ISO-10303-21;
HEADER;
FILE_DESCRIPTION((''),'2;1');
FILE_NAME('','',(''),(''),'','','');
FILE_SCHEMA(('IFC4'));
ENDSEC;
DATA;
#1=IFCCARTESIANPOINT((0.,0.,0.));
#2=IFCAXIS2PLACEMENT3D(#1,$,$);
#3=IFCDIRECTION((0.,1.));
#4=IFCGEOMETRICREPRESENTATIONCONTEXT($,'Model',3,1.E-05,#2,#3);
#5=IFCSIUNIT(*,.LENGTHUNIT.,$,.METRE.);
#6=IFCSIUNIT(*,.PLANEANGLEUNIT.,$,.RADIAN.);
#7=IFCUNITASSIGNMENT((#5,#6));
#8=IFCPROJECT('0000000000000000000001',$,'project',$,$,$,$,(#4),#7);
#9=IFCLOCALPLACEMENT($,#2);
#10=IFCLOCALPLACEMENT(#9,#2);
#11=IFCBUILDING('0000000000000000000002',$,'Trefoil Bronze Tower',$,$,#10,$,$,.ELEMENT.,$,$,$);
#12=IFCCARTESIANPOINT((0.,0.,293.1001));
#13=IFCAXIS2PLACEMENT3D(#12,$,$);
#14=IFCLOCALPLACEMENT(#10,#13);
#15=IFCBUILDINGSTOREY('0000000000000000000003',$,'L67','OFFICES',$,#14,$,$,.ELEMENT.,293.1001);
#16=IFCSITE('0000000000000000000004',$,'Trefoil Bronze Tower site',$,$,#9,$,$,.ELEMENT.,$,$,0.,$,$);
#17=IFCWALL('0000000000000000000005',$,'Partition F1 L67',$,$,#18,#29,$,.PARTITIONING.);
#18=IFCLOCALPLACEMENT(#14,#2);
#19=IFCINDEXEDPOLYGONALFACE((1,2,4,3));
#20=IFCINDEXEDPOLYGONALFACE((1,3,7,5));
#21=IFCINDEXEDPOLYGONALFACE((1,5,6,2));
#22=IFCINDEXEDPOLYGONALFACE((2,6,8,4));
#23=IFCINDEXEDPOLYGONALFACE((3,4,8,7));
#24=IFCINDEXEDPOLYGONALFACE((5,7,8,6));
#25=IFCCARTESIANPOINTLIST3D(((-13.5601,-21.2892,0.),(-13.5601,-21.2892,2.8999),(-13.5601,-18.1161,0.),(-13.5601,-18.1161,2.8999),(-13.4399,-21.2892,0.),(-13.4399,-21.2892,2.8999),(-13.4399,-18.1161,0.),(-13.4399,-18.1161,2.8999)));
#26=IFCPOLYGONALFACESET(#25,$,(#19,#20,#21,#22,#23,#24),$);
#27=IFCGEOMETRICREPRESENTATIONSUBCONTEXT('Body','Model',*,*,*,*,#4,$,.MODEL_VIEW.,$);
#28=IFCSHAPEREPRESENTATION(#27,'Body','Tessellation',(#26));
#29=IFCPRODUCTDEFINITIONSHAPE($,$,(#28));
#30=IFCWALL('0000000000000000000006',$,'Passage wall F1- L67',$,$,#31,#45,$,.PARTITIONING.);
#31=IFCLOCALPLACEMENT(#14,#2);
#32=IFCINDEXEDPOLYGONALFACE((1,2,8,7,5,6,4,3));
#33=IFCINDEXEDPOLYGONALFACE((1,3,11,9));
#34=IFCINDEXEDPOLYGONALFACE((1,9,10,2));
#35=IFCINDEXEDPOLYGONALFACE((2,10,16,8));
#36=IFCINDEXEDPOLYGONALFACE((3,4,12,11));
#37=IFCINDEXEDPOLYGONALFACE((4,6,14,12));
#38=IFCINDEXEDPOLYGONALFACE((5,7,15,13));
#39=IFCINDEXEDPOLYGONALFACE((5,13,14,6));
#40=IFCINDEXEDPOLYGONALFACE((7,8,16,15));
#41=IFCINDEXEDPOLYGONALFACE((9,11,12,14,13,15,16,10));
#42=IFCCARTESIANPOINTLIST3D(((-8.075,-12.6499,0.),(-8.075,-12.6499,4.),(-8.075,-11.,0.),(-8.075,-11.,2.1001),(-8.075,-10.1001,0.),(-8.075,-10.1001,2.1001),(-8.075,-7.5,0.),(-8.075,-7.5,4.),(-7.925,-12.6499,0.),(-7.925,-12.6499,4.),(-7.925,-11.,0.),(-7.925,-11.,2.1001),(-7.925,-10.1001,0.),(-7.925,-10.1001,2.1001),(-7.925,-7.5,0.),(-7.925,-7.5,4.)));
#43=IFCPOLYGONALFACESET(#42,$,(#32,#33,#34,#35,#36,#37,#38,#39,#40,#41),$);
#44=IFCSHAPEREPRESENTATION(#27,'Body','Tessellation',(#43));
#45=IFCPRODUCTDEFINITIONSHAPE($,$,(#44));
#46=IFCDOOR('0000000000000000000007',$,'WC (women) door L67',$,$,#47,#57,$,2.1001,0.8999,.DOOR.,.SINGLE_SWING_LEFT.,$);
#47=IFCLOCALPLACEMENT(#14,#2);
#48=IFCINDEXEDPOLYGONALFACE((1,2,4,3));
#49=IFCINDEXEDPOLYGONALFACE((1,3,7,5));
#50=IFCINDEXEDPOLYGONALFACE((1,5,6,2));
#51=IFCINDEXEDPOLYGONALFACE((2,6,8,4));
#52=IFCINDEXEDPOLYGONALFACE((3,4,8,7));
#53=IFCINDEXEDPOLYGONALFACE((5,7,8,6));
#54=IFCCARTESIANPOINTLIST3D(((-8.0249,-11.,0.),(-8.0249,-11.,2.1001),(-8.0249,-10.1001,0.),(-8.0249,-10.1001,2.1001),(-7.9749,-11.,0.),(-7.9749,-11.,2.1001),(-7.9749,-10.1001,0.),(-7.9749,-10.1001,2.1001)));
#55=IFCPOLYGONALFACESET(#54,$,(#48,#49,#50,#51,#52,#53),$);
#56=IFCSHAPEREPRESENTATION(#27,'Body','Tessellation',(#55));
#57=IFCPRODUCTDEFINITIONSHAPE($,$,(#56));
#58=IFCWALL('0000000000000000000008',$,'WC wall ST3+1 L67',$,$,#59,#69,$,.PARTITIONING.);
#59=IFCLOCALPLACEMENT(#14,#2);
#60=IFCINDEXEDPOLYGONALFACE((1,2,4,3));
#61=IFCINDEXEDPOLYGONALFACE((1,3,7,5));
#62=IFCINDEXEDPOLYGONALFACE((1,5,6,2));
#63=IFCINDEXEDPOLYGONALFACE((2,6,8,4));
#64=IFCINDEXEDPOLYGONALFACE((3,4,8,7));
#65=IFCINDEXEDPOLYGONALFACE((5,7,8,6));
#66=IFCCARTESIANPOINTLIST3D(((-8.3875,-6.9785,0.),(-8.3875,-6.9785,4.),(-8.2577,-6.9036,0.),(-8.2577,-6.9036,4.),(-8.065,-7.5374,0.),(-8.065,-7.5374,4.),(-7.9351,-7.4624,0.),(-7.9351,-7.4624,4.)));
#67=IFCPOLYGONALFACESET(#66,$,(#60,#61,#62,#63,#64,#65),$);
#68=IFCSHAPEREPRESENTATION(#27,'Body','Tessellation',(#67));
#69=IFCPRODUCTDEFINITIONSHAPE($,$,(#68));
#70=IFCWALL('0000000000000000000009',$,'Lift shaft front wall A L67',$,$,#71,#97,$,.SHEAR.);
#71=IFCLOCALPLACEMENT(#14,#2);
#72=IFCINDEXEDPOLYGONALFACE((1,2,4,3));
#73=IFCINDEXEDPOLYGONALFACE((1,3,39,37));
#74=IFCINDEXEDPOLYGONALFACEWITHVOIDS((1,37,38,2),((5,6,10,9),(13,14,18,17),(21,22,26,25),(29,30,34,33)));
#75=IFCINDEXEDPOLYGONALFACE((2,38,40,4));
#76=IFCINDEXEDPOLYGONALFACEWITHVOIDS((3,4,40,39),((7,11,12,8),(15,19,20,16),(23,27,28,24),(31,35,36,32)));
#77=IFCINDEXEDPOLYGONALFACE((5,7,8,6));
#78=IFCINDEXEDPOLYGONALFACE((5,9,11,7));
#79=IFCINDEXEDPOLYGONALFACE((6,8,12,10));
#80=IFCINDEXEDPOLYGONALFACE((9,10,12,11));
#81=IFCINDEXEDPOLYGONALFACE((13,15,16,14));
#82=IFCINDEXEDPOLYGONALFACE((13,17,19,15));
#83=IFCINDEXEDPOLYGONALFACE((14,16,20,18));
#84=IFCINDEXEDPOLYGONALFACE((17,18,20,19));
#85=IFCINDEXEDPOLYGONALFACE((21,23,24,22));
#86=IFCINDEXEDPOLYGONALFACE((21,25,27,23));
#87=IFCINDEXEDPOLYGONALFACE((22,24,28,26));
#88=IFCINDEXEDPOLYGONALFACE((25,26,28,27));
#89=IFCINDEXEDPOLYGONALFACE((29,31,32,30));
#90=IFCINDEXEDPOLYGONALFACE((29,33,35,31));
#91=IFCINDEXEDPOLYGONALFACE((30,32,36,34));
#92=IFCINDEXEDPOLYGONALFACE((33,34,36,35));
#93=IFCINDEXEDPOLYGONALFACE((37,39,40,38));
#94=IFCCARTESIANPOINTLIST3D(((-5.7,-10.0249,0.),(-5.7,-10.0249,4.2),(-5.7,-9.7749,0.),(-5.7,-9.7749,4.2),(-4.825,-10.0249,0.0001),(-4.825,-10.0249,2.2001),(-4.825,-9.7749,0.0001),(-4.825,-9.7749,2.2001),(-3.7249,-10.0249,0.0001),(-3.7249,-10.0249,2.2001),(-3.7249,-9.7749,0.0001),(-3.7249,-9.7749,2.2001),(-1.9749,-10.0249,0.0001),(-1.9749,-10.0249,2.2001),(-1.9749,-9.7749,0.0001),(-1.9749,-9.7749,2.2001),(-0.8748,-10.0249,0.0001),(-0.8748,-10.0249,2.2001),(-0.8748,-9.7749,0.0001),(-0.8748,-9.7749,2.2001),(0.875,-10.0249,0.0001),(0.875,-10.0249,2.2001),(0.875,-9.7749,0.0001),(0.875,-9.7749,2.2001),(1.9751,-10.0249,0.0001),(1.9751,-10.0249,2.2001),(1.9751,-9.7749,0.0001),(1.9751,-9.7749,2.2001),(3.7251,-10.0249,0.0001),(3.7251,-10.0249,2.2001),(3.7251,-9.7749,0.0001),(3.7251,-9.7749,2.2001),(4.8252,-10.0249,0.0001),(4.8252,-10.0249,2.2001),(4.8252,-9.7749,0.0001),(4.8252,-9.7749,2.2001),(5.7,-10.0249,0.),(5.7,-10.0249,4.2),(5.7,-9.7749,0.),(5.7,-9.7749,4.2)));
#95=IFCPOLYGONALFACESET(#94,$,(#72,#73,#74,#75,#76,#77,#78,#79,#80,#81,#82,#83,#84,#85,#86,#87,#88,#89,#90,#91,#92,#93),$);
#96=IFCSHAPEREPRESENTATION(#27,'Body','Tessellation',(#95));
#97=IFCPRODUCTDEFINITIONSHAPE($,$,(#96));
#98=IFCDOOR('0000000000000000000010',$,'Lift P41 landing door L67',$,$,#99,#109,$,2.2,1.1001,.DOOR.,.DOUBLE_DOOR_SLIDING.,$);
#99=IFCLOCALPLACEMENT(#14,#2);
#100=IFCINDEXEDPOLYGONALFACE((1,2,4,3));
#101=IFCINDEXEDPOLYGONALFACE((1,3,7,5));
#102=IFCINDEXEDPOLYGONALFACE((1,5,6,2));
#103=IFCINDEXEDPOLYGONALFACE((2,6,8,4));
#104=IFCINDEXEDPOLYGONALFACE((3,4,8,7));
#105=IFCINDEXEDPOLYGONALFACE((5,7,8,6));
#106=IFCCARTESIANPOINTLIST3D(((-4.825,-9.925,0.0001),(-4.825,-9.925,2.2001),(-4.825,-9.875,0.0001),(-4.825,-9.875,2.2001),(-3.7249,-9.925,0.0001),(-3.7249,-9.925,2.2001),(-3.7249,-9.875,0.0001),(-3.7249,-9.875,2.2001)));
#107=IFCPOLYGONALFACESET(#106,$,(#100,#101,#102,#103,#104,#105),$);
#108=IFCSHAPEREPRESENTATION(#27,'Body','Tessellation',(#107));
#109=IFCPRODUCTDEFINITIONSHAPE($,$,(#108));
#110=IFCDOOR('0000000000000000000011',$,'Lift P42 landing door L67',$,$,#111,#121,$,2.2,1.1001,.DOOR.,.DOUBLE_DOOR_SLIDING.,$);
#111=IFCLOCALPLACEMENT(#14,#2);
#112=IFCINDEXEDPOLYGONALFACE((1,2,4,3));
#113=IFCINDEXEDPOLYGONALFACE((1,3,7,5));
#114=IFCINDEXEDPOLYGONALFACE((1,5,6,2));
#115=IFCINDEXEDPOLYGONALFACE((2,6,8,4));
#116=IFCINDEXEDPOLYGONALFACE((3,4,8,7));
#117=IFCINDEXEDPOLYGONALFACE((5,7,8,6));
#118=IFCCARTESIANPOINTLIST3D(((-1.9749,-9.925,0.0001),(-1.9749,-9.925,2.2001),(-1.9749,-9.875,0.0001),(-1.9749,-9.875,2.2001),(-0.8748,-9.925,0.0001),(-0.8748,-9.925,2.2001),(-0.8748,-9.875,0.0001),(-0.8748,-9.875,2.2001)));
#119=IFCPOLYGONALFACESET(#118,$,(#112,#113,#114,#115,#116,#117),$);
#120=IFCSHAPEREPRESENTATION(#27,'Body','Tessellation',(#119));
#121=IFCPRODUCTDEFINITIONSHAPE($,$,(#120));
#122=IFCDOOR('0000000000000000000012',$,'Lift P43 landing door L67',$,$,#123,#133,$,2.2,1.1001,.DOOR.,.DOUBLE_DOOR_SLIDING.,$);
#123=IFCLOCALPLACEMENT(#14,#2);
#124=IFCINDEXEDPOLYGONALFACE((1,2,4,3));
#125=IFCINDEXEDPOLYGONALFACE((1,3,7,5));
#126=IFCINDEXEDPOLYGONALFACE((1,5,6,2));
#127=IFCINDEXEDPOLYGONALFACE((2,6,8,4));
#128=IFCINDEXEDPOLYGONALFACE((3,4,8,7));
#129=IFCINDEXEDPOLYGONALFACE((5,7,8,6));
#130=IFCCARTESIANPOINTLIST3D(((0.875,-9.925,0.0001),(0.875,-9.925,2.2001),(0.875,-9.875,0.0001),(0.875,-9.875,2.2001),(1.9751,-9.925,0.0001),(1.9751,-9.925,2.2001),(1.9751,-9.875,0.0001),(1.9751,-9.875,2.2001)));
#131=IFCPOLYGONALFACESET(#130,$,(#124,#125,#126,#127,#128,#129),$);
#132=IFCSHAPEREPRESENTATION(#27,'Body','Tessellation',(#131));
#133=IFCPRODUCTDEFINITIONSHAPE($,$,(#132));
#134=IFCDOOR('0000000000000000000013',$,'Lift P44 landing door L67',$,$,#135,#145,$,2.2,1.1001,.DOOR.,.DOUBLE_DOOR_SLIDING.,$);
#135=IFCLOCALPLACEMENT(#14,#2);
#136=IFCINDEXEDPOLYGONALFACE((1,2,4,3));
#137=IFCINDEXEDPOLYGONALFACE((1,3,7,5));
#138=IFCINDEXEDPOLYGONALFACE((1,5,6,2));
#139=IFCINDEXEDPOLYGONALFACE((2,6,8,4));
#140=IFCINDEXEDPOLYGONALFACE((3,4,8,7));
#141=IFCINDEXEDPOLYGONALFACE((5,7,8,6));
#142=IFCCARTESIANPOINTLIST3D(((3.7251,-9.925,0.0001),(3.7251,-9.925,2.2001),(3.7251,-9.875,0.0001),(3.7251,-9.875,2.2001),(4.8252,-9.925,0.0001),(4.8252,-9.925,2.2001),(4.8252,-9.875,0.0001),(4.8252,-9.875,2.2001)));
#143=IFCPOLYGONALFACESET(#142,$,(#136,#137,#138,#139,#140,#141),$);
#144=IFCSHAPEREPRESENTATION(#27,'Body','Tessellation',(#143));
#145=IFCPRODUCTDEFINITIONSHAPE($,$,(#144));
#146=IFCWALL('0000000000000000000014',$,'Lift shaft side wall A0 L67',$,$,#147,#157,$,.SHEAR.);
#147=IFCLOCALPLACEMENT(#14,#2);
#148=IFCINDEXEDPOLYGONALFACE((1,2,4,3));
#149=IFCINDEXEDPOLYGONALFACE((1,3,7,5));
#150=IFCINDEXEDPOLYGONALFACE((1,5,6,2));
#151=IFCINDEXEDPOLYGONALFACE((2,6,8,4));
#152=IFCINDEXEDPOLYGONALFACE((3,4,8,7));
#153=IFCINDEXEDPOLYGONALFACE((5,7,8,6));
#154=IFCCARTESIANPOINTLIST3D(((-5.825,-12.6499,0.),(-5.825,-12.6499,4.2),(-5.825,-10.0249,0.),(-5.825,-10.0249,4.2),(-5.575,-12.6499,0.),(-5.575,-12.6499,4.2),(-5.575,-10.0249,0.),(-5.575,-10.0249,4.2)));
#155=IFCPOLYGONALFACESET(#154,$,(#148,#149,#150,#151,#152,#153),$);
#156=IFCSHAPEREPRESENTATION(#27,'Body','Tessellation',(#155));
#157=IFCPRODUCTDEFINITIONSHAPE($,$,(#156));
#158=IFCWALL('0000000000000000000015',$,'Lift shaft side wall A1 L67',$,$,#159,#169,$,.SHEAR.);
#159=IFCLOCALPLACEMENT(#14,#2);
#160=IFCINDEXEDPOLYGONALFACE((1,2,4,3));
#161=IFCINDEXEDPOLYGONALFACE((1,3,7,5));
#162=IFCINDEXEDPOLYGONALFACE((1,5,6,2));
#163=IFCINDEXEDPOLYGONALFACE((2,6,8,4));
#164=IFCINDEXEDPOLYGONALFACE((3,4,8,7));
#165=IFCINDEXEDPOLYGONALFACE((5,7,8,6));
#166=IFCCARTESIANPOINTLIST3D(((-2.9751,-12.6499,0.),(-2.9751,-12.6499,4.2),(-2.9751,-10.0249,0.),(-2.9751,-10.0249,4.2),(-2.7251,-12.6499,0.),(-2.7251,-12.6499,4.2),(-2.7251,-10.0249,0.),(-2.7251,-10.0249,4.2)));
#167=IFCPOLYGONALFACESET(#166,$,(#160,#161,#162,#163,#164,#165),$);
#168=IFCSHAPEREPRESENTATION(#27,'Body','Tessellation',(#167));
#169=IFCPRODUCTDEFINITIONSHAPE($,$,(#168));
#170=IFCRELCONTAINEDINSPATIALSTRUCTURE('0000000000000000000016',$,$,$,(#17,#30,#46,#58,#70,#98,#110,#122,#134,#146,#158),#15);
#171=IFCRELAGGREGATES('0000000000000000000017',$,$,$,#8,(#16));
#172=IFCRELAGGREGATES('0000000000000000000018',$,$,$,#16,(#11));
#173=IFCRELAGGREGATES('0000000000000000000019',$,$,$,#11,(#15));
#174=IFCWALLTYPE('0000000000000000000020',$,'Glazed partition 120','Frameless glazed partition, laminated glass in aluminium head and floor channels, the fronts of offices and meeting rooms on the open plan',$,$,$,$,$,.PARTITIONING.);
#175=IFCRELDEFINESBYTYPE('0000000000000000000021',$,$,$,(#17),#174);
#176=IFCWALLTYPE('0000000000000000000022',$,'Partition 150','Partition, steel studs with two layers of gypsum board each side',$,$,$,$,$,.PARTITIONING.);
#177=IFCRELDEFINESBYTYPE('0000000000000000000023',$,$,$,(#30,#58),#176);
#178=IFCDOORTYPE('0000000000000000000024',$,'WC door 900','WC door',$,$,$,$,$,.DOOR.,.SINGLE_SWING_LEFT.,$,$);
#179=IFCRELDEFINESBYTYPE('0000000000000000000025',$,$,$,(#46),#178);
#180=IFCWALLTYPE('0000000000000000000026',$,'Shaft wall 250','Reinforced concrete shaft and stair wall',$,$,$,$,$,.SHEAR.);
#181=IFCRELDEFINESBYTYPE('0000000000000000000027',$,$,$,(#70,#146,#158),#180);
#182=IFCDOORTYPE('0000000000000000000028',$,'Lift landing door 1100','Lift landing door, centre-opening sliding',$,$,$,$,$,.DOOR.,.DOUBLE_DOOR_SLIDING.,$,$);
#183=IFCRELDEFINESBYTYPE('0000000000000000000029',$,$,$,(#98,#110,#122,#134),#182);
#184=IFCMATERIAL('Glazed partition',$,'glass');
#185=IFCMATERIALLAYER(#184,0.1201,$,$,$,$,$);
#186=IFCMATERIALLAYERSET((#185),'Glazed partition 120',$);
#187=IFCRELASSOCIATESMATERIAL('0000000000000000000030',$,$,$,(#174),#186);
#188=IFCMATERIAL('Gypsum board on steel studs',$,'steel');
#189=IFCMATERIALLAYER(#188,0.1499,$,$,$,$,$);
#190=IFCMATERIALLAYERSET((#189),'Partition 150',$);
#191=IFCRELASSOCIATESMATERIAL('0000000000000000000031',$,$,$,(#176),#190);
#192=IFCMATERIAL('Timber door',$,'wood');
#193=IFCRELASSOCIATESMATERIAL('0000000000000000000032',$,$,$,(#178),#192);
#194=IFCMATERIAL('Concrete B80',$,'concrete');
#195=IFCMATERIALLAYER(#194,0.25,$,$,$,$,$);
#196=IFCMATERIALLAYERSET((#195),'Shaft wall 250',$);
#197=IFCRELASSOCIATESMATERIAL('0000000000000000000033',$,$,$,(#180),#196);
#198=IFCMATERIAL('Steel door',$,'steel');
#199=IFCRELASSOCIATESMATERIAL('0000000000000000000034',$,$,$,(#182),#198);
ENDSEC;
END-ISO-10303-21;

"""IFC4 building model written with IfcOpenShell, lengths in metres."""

from ifc_helpers import new_model, si_unit, direction, frame, frame_2d, origin, place, context, subcontext, project, spatial, rectangle, extrude, material, layer, layer_set, type_object, element, fill, save


model = new_model("IFC4")

# Units and contexts
model_context = context("Model", 3, precision=1e-05, world=origin(), true_north=direction((0.0, 1.0)))
body_context = subcontext(model_context, "Body", "Model", "MODEL_VIEW")
ifc_project = project(units=[si_unit("LENGTHUNIT", "METRE"), si_unit("PLANEANGLEUNIT", "RADIAN")], contexts=[model_context])

# Site, building, storey
site_placement = place(None, origin())
site = spatial("IfcSite", under=ifc_project, at=site_placement, Name="Trefoil Bronze Tower site", CompositionType="ELEMENT", RefElevation=0.0)
building_placement = place(site_placement, origin())
building = spatial("IfcBuilding", under=site, at=building_placement, Name="Trefoil Bronze Tower", CompositionType="ELEMENT")
storey_placement = place(building_placement, frame((0.0, 0.0, 293.1001)))
storey = spatial("IfcBuildingStorey", under=building, at=storey_placement, Name="L67", Description="OFFICES", CompositionType="ELEMENT", Elevation=293.1001)

# Wall
ifc_material_1 = material(Name="Glazed partition", Category="glass")
ifc_layer_1 = layer(ifc_material_1, 0.1201)
ifc_layer_set_1 = layer_set([ifc_layer_1], Name="Glazed partition 120")
wall_type_1 = type_object("IfcWallType", Name="Glazed partition 120", Description="Frameless glazed partition, laminated glass in aluminium head and floor channels, the fronts of offices and meeting rooms on the open plan", PredefinedType="PARTITIONING", material=ifc_layer_set_1)
wall_1_placement = place(storey_placement, frame((-13.5, -18.1162, 0.0), z_axis=(0.0, 0.0, 1.0), x_axis=(0.0, -1.0, 0.0)))
element("IfcWall", 1, at=wall_1_placement, inside=storey, type_object=wall_type_1, Name="Partition F1 L67", PredefinedType="PARTITIONING", context=body_context, shape_type="SweptSolid", body=[
    extrude(rectangle(XDim=3.1731, YDim=0.1201, at=frame_2d((1.5864, 0.0))), origin(), (0.0, 0.0, 1.0), 2.8999),
])

# Wall, opening, door
ifc_material_2 = material(Name="Gypsum board on steel studs", Category="steel")
ifc_layer_2 = layer(ifc_material_2, 0.1499)
ifc_layer_set_2 = layer_set([ifc_layer_2], Name="Partition 150")
wall_type_2 = type_object("IfcWallType", Name="Partition 150", Description="Partition, steel studs with two layers of gypsum board each side", PredefinedType="PARTITIONING", material=ifc_layer_set_2)
wall_2_placement = place(storey_placement, frame((-8.0, -7.5, 0.0), z_axis=(0.0, 0.0, 1.0), x_axis=(0.0, -1.0, 0.0)))
wall_2 = element("IfcWall", 2, at=wall_2_placement, inside=storey, type_object=wall_type_2, Name="Passage wall F1- L67", PredefinedType="PARTITIONING", context=body_context, shape_type="SweptSolid", body=[
    extrude(rectangle(XDim=5.1499, YDim=0.1499, at=frame_2d((2.575, 0.0))), origin(), (0.0, 0.0, 1.0), 4.0),
])
opening_1_placement = place(wall_2_placement, frame((2.6001, 0.0, 0.0)))
opening_1 = element("IfcOpeningElement", 3, at=opening_1_placement, cuts=wall_2, PredefinedType="OPENING", context=body_context, shape_type="SweptSolid", body=[
    extrude(rectangle(XDim=0.8999, YDim=2.1001, at=frame_2d((0.45, 1.05))), frame((0.0, 0.085, 0.0), z_axis=(0.0, -1.0, 0.0), x_axis=(1.0, 0.0, 0.0)), (0.0, 0.0, 1.0), 0.1699),
])
ifc_material_3 = material(Name="Timber door", Category="wood")
door_type_1 = type_object("IfcDoorType", Name="WC door 900", Description="WC door", OperationType="SINGLE_SWING_LEFT", PredefinedType="DOOR", material=ifc_material_3)
door_1_placement = place(opening_1_placement, frame((0.8999, 0.0, 0.0), z_axis=(0.0, 0.0, 1.0), x_axis=(-1.0, 0.0, 0.0)))
door_1 = element("IfcDoor", 4, at=door_1_placement, inside=storey, type_object=door_type_1, Name="WC (women) door L67", OperationType="SINGLE_SWING_LEFT", OverallHeight=2.1001, OverallWidth=0.8999, PredefinedType="DOOR", context=body_context, shape_type="SweptSolid", body=[
    extrude(rectangle(XDim=0.8999, YDim=2.1001, at=frame_2d((0.45, 1.05))), frame((0.0, 0.0249, 0.0), z_axis=(0.0, -1.0, 0.0), x_axis=(1.0, 0.0, 0.0)), (0.0, 0.0, 1.0), 0.05),
])
fill(opening_1, door_1)

# Wall
wall_3_placement = place(storey_placement, frame((-8.0, -7.5, 0.0), z_axis=(0.0, 0.0, 1.0), x_axis=(-0.499843, 0.866116, 0.0)))
element("IfcWall", 5, at=wall_3_placement, inside=storey, type_object=wall_type_2, Name="WC wall ST3+1 L67", PredefinedType="PARTITIONING", context=body_context, shape_type="SweptSolid", body=[
    extrude(rectangle(XDim=0.6453, YDim=0.1499, at=frame_2d((0.3228, 0.0))), origin(), (0.0, 0.0, 1.0), 4.0),
])

# Wall, openings, doors
ifc_material_4 = material(Name="Concrete B80", Category="concrete")
ifc_layer_3 = layer(ifc_material_4, 0.25)
ifc_layer_set_3 = layer_set([ifc_layer_3], Name="Shaft wall 250")
wall_type_3 = type_object("IfcWallType", Name="Shaft wall 250", Description="Reinforced concrete shaft and stair wall", PredefinedType="SHEAR", material=ifc_layer_set_3)
wall_4_placement = place(storey_placement, frame((-5.7, -9.8999, 0.0), z_axis=(0.0, 0.0, 1.0), x_axis=(1.0, 0.0, 0.0)))
wall_4 = element("IfcWall", 6, at=wall_4_placement, inside=storey, type_object=wall_type_3, Name="Lift shaft front wall A L67", PredefinedType="SHEAR", context=body_context, shape_type="SweptSolid", body=[
    extrude(rectangle(XDim=11.3999, YDim=0.25, at=frame_2d((5.7, 0.0))), origin(), (0.0, 0.0, 1.0), 4.2),
])
opening_2_placement = place(wall_4_placement, frame((0.875, 0.0, 0.0)))
opening_2 = element("IfcOpeningElement", 7, at=opening_2_placement, cuts=wall_4, PredefinedType="OPENING", context=body_context, shape_type="SweptSolid", body=[
    extrude(rectangle(XDim=1.1001, YDim=2.2, at=frame_2d((0.55, 1.1001))), frame((0.0, 0.135, 0.0), z_axis=(0.0, -1.0, 0.0), x_axis=(1.0, 0.0, 0.0)), (0.0, 0.0, 1.0), 0.27),
])
opening_3_placement = place(wall_4_placement, frame((3.7251, 0.0, 0.0)))
opening_3 = element("IfcOpeningElement", 8, at=opening_3_placement, cuts=wall_4, PredefinedType="OPENING", context=body_context, shape_type="SweptSolid", body=[
    extrude(rectangle(XDim=1.1001, YDim=2.2, at=frame_2d((0.55, 1.1001))), frame((0.0, 0.135, 0.0), z_axis=(0.0, -1.0, 0.0), x_axis=(1.0, 0.0, 0.0)), (0.0, 0.0, 1.0), 0.27),
])
opening_4_placement = place(wall_4_placement, frame((6.575, 0.0, 0.0)))
opening_4 = element("IfcOpeningElement", 9, at=opening_4_placement, cuts=wall_4, PredefinedType="OPENING", context=body_context, shape_type="SweptSolid", body=[
    extrude(rectangle(XDim=1.1001, YDim=2.2, at=frame_2d((0.55, 1.1001))), frame((0.0, 0.135, 0.0), z_axis=(0.0, -1.0, 0.0), x_axis=(1.0, 0.0, 0.0)), (0.0, 0.0, 1.0), 0.27),
])
opening_5_placement = place(wall_4_placement, frame((9.425, 0.0, 0.0)))
opening_5 = element("IfcOpeningElement", 10, at=opening_5_placement, cuts=wall_4, PredefinedType="OPENING", context=body_context, shape_type="SweptSolid", body=[
    extrude(rectangle(XDim=1.1001, YDim=2.2, at=frame_2d((0.55, 1.1001))), frame((0.0, 0.135, 0.0), z_axis=(0.0, -1.0, 0.0), x_axis=(1.0, 0.0, 0.0)), (0.0, 0.0, 1.0), 0.27),
])
ifc_material_5 = material(Name="Steel door", Category="steel")
door_type_2 = type_object("IfcDoorType", Name="Lift landing door 1100", Description="Lift landing door, centre-opening sliding", OperationType="DOUBLE_DOOR_SLIDING", PredefinedType="DOOR", material=ifc_material_5)
door_2_placement = place(opening_2_placement, origin())
door_2 = element("IfcDoor", 11, at=door_2_placement, inside=storey, type_object=door_type_2, Name="Lift P41 landing door L67", OperationType="DOUBLE_DOOR_SLIDING", OverallHeight=2.2, OverallWidth=1.1001, PredefinedType="DOOR", context=body_context, shape_type="SweptSolid", body=[
    extrude(rectangle(XDim=1.1001, YDim=2.2, at=frame_2d((0.55, 1.1001))), frame((0.0, 0.0249, 0.0), z_axis=(0.0, -1.0, 0.0), x_axis=(1.0, 0.0, 0.0)), (0.0, 0.0, 1.0), 0.05),
])
fill(opening_2, door_2)
door_3_placement = place(opening_3_placement, origin())
door_3 = element("IfcDoor", 12, at=door_3_placement, inside=storey, type_object=door_type_2, Name="Lift P42 landing door L67", OperationType="DOUBLE_DOOR_SLIDING", OverallHeight=2.2, OverallWidth=1.1001, PredefinedType="DOOR", context=body_context, shape_type="SweptSolid", body=[
    extrude(rectangle(XDim=1.1001, YDim=2.2, at=frame_2d((0.55, 1.1001))), frame((0.0, 0.0249, 0.0), z_axis=(0.0, -1.0, 0.0), x_axis=(1.0, 0.0, 0.0)), (0.0, 0.0, 1.0), 0.05),
])
fill(opening_3, door_3)
door_4_placement = place(opening_4_placement, origin())
door_4 = element("IfcDoor", 13, at=door_4_placement, inside=storey, type_object=door_type_2, Name="Lift P43 landing door L67", OperationType="DOUBLE_DOOR_SLIDING", OverallHeight=2.2, OverallWidth=1.1001, PredefinedType="DOOR", context=body_context, shape_type="SweptSolid", body=[
    extrude(rectangle(XDim=1.1001, YDim=2.2, at=frame_2d((0.55, 1.1001))), frame((0.0, 0.0249, 0.0), z_axis=(0.0, -1.0, 0.0), x_axis=(1.0, 0.0, 0.0)), (0.0, 0.0, 1.0), 0.05),
])
fill(opening_4, door_4)
door_5_placement = place(opening_5_placement, origin())
door_5 = element("IfcDoor", 14, at=door_5_placement, inside=storey, type_object=door_type_2, Name="Lift P44 landing door L67", OperationType="DOUBLE_DOOR_SLIDING", OverallHeight=2.2, OverallWidth=1.1001, PredefinedType="DOOR", context=body_context, shape_type="SweptSolid", body=[
    extrude(rectangle(XDim=1.1001, YDim=2.2, at=frame_2d((0.55, 1.1001))), frame((0.0, 0.0249, 0.0), z_axis=(0.0, -1.0, 0.0), x_axis=(1.0, 0.0, 0.0)), (0.0, 0.0, 1.0), 0.05),
])
fill(opening_5, door_5)

# Walls
for number, where, z_axis, x_axis, name in (
    (15, (-5.7, -10.0249, 0.0), (0.0, 0.0, 1.0), (0.0, -1.0, 0.0), "Lift shaft side wall A0 L67"),
    (16, (-2.8501, -10.0249, 0.0), (0.0, 0.0, 1.0), (0.0, -1.0, 0.0), "Lift shaft side wall A1 L67"),
):
    element("IfcWall", number, at=place(storey_placement, frame(where, z_axis=z_axis, x_axis=x_axis)), inside=storey, type_object=wall_type_3, Name=name, PredefinedType="SHEAR", context=body_context, shape_type="SweptSolid", body=[
        extrude(rectangle(XDim=2.625, YDim=0.25, at=frame_2d((1.3125, 0.0))), origin(), (0.0, 0.0, 1.0), 4.2),
    ])

save(model, "model.ifc")
